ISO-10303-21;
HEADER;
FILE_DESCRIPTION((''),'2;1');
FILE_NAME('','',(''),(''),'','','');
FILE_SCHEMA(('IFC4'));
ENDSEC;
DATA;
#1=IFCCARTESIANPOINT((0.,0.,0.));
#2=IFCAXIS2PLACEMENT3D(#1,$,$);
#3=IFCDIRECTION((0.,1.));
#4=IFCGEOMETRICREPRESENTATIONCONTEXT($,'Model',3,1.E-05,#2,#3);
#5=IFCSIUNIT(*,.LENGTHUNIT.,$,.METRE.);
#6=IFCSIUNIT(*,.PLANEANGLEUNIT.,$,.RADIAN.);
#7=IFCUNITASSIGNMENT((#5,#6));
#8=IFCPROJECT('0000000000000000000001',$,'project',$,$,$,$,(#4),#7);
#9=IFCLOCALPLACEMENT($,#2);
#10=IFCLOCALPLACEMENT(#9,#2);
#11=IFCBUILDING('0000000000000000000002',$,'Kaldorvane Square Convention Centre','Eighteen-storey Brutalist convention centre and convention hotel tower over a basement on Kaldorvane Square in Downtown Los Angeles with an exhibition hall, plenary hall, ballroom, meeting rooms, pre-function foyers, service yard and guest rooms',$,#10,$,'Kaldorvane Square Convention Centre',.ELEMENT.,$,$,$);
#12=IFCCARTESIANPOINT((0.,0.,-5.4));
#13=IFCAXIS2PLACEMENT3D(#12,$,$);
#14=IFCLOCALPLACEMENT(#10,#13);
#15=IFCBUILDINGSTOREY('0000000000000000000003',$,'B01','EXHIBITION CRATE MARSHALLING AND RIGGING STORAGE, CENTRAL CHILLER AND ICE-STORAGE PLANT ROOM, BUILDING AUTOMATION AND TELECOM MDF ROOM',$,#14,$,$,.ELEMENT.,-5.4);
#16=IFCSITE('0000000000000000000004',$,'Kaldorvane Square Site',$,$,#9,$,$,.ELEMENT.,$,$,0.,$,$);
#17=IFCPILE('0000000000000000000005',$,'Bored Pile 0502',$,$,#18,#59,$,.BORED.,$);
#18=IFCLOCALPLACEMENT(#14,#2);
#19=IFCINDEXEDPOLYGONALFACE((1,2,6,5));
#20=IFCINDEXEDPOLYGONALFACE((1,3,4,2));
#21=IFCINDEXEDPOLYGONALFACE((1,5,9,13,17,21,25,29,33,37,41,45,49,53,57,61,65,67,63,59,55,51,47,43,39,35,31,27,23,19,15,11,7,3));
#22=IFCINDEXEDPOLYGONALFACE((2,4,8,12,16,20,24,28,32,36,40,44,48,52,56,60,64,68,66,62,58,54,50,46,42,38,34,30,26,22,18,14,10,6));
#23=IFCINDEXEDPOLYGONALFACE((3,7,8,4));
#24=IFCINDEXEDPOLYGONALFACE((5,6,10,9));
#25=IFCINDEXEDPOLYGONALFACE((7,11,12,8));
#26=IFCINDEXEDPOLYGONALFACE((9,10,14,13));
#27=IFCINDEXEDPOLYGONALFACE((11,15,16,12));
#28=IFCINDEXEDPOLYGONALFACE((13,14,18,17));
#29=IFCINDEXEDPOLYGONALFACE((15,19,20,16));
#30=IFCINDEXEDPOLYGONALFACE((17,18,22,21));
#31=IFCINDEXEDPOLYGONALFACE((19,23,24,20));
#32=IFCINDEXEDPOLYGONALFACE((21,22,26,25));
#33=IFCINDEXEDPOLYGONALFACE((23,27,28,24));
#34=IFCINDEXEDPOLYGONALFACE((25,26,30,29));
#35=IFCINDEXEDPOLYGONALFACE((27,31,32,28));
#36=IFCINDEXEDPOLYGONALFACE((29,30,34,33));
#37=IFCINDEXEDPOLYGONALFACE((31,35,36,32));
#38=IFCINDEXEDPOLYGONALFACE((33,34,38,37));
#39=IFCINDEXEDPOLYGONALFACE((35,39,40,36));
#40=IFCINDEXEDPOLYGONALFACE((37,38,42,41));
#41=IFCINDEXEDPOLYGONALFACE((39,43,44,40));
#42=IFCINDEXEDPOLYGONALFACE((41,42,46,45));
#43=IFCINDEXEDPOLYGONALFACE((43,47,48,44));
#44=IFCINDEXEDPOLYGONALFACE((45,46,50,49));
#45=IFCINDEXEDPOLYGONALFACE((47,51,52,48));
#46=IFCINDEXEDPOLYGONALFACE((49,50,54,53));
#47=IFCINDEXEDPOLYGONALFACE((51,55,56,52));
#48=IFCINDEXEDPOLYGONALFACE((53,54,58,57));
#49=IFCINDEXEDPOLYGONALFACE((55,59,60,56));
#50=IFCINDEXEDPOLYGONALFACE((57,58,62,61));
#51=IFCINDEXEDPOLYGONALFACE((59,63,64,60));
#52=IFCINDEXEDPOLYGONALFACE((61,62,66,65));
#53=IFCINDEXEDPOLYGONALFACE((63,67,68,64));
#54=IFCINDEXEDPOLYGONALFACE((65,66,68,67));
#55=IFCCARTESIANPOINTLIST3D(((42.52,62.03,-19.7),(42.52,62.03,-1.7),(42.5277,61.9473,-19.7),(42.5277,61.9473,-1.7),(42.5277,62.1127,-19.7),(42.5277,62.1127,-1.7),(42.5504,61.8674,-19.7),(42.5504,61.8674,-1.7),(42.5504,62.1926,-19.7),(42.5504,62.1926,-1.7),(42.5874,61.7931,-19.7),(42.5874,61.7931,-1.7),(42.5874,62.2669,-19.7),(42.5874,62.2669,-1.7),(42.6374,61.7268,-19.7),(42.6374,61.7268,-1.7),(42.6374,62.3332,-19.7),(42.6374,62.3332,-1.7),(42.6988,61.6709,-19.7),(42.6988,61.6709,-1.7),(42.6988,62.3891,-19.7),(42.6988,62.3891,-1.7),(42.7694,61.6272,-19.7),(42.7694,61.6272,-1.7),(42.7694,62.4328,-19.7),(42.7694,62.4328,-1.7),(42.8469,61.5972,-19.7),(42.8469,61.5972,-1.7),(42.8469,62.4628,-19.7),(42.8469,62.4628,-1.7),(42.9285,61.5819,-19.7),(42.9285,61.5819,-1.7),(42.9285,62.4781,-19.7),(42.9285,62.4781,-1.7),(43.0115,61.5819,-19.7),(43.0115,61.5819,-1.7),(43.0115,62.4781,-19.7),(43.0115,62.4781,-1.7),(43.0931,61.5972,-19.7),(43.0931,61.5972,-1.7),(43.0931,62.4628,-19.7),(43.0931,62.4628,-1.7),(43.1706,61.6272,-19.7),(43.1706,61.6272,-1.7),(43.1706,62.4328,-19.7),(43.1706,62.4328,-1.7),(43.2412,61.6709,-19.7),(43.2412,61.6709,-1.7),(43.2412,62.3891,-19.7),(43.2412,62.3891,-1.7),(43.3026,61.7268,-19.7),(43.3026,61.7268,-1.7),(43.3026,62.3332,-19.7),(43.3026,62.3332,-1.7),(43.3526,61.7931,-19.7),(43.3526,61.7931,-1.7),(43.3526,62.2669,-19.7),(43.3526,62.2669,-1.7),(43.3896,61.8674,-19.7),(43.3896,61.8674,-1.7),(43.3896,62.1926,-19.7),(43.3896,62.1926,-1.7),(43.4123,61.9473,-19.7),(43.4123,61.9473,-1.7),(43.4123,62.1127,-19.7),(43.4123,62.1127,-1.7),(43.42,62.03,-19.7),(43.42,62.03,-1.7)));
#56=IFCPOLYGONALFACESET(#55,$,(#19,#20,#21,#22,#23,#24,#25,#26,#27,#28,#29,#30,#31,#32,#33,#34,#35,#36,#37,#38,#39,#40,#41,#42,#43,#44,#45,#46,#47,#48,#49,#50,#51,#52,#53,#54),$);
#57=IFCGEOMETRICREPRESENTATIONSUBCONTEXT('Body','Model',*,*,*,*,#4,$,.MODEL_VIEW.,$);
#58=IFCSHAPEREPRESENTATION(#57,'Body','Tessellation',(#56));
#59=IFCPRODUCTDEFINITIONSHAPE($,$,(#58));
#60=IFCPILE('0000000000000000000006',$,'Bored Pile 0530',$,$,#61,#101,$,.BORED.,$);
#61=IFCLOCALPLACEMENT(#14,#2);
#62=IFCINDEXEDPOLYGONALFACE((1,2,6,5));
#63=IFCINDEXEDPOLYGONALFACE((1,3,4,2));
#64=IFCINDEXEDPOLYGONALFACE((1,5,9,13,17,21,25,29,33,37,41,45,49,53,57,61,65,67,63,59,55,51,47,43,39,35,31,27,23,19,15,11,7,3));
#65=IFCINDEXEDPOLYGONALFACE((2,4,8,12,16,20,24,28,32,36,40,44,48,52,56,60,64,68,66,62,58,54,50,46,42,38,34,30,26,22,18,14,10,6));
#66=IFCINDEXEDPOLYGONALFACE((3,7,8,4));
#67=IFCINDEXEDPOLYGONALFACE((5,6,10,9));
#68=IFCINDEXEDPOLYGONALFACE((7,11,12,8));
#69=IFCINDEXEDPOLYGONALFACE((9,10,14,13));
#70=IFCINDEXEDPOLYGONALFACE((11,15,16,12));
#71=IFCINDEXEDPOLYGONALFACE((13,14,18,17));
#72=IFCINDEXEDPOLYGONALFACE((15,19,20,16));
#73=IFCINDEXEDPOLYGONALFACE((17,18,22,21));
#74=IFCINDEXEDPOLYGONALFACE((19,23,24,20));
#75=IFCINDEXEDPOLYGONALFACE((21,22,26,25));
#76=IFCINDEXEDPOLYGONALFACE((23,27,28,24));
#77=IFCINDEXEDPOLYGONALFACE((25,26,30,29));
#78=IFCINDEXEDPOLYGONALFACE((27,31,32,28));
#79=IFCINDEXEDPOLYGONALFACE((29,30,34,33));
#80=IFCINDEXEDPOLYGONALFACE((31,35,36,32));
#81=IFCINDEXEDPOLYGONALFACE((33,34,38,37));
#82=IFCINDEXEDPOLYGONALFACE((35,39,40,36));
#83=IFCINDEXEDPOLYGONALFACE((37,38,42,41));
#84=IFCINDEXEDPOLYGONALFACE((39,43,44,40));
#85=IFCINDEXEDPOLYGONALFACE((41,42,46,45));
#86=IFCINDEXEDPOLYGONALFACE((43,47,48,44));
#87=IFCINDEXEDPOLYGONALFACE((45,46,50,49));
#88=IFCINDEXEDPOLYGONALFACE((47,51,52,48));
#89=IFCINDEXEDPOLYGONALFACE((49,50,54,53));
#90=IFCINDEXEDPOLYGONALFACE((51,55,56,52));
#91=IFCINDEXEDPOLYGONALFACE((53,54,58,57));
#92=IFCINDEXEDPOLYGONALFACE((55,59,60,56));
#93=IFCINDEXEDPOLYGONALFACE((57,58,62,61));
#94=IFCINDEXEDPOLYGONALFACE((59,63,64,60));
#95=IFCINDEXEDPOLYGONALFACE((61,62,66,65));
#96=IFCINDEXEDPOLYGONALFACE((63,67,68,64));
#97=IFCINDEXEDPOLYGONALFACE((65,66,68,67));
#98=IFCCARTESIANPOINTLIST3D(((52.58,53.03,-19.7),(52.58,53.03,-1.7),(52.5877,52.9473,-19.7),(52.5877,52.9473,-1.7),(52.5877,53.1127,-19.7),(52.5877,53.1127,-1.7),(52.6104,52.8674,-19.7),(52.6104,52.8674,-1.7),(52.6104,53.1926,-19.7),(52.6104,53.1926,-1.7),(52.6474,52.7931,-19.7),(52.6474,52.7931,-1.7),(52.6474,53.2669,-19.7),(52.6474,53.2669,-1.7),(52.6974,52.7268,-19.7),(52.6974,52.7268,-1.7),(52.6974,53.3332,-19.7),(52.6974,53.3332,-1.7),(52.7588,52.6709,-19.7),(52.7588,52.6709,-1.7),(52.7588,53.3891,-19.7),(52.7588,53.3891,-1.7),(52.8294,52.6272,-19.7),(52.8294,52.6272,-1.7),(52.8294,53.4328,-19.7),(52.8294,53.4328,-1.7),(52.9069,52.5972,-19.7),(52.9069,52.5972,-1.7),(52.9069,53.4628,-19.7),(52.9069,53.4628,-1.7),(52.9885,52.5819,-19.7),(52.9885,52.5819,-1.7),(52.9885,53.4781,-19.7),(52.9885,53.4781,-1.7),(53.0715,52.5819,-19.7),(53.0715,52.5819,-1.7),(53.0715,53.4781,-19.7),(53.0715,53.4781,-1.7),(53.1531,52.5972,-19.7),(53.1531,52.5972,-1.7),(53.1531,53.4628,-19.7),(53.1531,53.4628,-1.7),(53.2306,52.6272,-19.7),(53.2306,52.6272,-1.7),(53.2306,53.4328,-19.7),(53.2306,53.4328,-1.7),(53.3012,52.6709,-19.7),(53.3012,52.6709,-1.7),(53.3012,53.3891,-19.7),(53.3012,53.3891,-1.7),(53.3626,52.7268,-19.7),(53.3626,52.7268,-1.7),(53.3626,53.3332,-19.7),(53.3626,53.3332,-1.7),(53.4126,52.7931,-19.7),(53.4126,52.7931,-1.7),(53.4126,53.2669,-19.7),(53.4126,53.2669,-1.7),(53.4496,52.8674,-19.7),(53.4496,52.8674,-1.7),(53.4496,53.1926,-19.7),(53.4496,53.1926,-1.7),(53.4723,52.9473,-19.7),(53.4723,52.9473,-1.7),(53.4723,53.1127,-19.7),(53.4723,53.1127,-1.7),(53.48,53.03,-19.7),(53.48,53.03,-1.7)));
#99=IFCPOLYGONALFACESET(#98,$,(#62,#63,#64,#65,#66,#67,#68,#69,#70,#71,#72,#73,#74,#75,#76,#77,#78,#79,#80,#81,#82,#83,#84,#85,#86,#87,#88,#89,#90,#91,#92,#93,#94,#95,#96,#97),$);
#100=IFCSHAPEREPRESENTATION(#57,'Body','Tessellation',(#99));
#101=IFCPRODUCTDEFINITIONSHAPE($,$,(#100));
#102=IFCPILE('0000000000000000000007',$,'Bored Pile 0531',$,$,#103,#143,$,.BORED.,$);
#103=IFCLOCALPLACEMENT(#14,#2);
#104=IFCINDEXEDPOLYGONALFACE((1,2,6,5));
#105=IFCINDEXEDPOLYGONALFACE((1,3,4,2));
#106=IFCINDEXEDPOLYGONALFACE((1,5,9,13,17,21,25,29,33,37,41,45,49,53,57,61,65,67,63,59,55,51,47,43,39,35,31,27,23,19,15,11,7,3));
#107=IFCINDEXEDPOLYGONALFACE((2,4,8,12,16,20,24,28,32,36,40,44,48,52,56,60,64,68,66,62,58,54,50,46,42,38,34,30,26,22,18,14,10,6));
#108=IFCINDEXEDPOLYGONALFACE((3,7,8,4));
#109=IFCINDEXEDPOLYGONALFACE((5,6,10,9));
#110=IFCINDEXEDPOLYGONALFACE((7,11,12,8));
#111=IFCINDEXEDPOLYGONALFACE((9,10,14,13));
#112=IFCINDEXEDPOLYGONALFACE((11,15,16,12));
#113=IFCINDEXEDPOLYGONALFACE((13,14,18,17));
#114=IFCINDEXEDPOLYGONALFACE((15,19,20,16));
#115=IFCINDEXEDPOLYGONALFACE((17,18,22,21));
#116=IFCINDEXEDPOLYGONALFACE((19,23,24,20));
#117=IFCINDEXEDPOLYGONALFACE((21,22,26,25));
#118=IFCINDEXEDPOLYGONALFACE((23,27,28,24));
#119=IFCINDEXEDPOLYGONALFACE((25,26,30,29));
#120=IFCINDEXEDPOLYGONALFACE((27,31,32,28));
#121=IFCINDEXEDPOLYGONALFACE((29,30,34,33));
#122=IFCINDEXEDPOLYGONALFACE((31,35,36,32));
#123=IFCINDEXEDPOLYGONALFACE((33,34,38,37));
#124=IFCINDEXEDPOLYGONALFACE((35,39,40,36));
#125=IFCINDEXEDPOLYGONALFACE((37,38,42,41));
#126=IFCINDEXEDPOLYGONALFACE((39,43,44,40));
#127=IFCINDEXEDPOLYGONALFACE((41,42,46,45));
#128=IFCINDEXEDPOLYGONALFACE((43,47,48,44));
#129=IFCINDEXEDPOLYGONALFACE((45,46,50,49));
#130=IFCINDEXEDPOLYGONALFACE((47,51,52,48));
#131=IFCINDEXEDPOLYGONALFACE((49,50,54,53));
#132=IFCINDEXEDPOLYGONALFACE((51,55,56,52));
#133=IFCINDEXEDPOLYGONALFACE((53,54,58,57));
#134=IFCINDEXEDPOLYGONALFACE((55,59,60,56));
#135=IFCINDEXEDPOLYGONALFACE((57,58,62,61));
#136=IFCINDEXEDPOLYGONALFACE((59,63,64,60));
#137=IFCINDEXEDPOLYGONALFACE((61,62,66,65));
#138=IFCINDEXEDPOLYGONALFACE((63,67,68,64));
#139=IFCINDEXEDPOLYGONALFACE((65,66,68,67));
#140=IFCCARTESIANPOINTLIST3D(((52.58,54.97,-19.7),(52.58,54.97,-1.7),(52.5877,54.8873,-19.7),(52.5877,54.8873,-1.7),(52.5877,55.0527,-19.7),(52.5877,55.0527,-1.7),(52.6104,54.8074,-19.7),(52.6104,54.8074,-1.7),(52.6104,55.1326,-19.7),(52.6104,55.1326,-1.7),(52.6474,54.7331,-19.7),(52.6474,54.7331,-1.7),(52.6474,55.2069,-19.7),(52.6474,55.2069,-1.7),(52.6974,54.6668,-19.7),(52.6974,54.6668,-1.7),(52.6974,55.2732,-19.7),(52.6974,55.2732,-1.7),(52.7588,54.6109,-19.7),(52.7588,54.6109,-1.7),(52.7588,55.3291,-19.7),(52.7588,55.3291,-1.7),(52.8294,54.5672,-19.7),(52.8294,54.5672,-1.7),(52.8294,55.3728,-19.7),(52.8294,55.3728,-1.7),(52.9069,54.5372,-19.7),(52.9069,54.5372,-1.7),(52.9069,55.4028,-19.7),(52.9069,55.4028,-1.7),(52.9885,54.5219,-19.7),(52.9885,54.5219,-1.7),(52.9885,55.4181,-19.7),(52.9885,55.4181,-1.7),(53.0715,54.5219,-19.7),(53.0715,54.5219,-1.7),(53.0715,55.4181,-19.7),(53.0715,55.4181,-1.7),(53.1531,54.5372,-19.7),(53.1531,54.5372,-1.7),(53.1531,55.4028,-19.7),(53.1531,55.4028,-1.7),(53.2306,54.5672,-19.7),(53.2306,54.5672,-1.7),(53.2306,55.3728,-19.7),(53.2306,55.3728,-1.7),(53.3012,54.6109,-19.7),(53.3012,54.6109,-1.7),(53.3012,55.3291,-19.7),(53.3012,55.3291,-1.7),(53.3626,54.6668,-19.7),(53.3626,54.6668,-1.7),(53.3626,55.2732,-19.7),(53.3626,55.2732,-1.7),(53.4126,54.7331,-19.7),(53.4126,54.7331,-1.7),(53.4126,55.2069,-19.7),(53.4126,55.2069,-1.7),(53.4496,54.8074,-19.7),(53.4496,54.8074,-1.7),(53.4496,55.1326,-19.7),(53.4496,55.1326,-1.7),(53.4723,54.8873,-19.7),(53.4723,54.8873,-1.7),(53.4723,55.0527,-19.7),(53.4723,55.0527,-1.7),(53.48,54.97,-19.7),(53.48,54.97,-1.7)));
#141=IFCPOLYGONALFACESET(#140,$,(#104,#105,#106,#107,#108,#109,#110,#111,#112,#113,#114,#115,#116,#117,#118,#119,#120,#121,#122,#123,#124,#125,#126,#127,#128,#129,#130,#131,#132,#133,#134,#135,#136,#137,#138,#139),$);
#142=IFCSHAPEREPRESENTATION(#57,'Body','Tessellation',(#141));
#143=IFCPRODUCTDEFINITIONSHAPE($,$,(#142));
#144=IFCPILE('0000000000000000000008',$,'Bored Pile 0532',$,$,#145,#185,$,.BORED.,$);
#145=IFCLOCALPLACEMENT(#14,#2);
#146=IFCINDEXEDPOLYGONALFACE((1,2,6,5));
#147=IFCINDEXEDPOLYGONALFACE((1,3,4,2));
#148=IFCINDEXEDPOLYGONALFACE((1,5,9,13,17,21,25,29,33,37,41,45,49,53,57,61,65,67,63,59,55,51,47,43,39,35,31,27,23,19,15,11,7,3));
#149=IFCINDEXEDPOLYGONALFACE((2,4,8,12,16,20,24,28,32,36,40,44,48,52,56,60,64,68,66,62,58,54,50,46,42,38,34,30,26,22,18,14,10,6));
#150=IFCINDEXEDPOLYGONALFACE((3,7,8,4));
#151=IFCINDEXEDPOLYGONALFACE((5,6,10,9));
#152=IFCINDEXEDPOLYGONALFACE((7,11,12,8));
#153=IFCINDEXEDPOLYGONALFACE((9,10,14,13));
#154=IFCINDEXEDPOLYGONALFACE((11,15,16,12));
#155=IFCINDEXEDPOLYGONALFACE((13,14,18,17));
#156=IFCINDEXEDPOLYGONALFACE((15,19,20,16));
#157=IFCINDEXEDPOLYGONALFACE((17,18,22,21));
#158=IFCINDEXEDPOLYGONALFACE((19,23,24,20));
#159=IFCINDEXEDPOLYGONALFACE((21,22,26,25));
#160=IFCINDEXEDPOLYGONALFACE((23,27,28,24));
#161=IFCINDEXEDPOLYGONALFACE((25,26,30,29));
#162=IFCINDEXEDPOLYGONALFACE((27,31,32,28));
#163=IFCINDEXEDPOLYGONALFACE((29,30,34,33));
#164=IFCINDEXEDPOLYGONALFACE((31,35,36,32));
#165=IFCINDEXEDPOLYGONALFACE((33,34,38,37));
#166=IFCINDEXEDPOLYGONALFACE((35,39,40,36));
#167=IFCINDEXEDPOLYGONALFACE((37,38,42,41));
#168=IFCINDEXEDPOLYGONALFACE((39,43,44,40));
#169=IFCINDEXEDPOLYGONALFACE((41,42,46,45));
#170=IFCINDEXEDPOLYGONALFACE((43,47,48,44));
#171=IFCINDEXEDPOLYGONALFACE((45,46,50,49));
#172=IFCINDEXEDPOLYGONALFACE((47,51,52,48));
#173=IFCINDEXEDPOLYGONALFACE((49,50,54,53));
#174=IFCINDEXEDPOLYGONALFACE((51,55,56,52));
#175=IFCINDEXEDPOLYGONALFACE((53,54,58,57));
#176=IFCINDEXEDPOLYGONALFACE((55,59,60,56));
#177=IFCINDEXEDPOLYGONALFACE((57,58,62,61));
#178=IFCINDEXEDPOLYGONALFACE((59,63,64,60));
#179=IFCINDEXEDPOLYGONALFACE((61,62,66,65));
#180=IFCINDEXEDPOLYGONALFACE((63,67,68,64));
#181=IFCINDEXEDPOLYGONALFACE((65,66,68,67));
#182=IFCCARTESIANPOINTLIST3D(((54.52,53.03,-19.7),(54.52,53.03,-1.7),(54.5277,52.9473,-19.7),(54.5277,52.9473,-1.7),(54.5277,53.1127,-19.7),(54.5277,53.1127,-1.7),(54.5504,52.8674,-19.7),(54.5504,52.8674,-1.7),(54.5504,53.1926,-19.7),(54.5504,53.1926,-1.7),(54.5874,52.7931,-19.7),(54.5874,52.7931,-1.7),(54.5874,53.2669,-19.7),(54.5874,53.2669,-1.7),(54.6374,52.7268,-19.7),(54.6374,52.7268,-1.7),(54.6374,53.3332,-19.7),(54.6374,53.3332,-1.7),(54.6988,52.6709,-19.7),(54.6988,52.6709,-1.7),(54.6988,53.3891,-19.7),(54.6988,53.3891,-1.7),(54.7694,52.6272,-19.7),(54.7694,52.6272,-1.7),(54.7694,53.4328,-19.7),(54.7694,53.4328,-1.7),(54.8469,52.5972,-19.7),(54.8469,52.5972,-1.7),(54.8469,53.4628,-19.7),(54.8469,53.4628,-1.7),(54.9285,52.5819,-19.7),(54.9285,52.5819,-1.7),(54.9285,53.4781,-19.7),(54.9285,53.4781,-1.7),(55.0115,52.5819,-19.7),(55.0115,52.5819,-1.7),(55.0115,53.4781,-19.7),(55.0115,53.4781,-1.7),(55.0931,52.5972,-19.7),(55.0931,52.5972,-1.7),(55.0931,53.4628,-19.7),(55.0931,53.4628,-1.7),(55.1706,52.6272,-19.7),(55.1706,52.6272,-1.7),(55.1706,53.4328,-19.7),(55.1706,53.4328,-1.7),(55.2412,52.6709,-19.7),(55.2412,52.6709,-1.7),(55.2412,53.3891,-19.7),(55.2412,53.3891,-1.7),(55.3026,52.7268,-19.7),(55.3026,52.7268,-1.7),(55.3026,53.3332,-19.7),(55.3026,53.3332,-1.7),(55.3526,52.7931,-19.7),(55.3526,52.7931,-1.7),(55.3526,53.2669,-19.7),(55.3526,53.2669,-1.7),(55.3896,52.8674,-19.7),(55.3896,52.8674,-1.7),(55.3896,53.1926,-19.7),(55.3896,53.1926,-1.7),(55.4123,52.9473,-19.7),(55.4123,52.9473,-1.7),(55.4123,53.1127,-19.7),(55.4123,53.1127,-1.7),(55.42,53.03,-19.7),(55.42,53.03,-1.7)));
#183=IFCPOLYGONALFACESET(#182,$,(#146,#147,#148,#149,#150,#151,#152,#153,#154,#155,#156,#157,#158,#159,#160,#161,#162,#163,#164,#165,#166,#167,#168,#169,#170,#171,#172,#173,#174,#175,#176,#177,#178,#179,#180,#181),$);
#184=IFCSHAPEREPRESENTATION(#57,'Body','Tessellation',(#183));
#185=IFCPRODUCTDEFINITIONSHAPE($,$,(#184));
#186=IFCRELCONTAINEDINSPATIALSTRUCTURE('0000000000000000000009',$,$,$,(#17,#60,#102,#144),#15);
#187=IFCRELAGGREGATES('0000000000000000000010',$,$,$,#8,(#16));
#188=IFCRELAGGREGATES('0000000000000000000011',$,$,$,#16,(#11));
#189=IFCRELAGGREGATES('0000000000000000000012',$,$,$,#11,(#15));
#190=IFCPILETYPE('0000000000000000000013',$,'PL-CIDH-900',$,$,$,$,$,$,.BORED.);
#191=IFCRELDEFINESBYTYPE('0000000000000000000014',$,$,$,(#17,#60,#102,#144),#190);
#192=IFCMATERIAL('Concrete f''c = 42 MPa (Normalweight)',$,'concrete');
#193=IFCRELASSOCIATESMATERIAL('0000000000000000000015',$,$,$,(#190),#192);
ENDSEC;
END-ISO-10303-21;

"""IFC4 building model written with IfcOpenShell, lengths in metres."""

from ifc_helpers import new_model, si_unit, direction, frame, origin, origin_2d, place, context, subcontext, project, spatial, circle, extrude, material, material_profile, profile_set, type_object, element, save


model = new_model("IFC4")

# Units and contexts
model_context = context("Model", 3, precision=1e-05, world=origin(), true_north=direction((0.0, 1.0)))
body_context = subcontext(model_context, "Body", "Model", "MODEL_VIEW")
ifc_project = project(units=[si_unit("LENGTHUNIT", "METRE"), si_unit("PLANEANGLEUNIT", "RADIAN")], contexts=[model_context])

# Site, building, storey
site_placement = place(None, origin())
site = spatial("IfcSite", under=ifc_project, at=site_placement, Name="Kaldorvane Square Site", CompositionType="ELEMENT", RefElevation=0.0)
building_placement = place(site_placement, origin())
building = spatial("IfcBuilding", under=site, at=building_placement, Name="Kaldorvane Square Convention Centre", Description="Eighteen-storey Brutalist convention centre and convention hotel tower over a basement on Kaldorvane Square in Downtown Los Angeles with an exhibition hall, plenary hall, ballroom, meeting rooms, pre-function foyers, service yard and guest rooms", LongName="Kaldorvane Square Convention Centre", CompositionType="ELEMENT")
storey_placement = place(building_placement, frame((0.0, 0.0, -5.4)))
storey = spatial("IfcBuildingStorey", under=building, at=storey_placement, Name="B01", Description="EXHIBITION CRATE MARSHALLING AND RIGGING STORAGE, CENTRAL CHILLER AND ICE-STORAGE PLANT ROOM, BUILDING AUTOMATION AND TELECOM MDF ROOM", CompositionType="ELEMENT", Elevation=-5.4)

# Shared definitions
ifc_material_1 = material(Name="Concrete f'c = 42 MPa (Normalweight)", Category="concrete")

# Piles
ifc_material_profile_1 = material_profile(ifc_material_1, circle(Radius=0.45, at=origin_2d()), Name="PILE-D900")
ifc_profile_set_1 = profile_set([ifc_material_profile_1], Name="Concrete f'c = 42 MPa (Normalweight)")
pile_type = type_object("IfcPileType", Name="PL-CIDH-900", PredefinedType="BORED", material=ifc_profile_set_1)
for number, where, z_axis, x_axis, name in (
    (1, (42.97, 62.03, -1.7), (0.0, 0.0, -1.0), (1.0, 0.0, 0.0), "Bored Pile 0502"),
    (2, (53.03, 53.03, -1.7), (0.0, 0.0, -1.0), (1.0, 0.0, 0.0), "Bored Pile 0530"),
    (3, (53.03, 54.97, -1.7), (0.0, 0.0, -1.0), (1.0, 0.0, 0.0), "Bored Pile 0531"),
    (4, (54.97, 53.03, -1.7), (0.0, 0.0, -1.0), (1.0, 0.0, 0.0), "Bored Pile 0532"),
):
    element("IfcPile", number, at=place(storey_placement, frame(where, z_axis=z_axis, x_axis=x_axis)), inside=storey, type_object=pile_type, Name=name, PredefinedType="BORED", context=body_context, shape_type="SweptSolid", body=[
        extrude(circle(Radius=0.45, at=origin_2d()), origin(), (0.0, 0.0, 1.0), 18.0),
    ])

save(model, "model.ifc")
